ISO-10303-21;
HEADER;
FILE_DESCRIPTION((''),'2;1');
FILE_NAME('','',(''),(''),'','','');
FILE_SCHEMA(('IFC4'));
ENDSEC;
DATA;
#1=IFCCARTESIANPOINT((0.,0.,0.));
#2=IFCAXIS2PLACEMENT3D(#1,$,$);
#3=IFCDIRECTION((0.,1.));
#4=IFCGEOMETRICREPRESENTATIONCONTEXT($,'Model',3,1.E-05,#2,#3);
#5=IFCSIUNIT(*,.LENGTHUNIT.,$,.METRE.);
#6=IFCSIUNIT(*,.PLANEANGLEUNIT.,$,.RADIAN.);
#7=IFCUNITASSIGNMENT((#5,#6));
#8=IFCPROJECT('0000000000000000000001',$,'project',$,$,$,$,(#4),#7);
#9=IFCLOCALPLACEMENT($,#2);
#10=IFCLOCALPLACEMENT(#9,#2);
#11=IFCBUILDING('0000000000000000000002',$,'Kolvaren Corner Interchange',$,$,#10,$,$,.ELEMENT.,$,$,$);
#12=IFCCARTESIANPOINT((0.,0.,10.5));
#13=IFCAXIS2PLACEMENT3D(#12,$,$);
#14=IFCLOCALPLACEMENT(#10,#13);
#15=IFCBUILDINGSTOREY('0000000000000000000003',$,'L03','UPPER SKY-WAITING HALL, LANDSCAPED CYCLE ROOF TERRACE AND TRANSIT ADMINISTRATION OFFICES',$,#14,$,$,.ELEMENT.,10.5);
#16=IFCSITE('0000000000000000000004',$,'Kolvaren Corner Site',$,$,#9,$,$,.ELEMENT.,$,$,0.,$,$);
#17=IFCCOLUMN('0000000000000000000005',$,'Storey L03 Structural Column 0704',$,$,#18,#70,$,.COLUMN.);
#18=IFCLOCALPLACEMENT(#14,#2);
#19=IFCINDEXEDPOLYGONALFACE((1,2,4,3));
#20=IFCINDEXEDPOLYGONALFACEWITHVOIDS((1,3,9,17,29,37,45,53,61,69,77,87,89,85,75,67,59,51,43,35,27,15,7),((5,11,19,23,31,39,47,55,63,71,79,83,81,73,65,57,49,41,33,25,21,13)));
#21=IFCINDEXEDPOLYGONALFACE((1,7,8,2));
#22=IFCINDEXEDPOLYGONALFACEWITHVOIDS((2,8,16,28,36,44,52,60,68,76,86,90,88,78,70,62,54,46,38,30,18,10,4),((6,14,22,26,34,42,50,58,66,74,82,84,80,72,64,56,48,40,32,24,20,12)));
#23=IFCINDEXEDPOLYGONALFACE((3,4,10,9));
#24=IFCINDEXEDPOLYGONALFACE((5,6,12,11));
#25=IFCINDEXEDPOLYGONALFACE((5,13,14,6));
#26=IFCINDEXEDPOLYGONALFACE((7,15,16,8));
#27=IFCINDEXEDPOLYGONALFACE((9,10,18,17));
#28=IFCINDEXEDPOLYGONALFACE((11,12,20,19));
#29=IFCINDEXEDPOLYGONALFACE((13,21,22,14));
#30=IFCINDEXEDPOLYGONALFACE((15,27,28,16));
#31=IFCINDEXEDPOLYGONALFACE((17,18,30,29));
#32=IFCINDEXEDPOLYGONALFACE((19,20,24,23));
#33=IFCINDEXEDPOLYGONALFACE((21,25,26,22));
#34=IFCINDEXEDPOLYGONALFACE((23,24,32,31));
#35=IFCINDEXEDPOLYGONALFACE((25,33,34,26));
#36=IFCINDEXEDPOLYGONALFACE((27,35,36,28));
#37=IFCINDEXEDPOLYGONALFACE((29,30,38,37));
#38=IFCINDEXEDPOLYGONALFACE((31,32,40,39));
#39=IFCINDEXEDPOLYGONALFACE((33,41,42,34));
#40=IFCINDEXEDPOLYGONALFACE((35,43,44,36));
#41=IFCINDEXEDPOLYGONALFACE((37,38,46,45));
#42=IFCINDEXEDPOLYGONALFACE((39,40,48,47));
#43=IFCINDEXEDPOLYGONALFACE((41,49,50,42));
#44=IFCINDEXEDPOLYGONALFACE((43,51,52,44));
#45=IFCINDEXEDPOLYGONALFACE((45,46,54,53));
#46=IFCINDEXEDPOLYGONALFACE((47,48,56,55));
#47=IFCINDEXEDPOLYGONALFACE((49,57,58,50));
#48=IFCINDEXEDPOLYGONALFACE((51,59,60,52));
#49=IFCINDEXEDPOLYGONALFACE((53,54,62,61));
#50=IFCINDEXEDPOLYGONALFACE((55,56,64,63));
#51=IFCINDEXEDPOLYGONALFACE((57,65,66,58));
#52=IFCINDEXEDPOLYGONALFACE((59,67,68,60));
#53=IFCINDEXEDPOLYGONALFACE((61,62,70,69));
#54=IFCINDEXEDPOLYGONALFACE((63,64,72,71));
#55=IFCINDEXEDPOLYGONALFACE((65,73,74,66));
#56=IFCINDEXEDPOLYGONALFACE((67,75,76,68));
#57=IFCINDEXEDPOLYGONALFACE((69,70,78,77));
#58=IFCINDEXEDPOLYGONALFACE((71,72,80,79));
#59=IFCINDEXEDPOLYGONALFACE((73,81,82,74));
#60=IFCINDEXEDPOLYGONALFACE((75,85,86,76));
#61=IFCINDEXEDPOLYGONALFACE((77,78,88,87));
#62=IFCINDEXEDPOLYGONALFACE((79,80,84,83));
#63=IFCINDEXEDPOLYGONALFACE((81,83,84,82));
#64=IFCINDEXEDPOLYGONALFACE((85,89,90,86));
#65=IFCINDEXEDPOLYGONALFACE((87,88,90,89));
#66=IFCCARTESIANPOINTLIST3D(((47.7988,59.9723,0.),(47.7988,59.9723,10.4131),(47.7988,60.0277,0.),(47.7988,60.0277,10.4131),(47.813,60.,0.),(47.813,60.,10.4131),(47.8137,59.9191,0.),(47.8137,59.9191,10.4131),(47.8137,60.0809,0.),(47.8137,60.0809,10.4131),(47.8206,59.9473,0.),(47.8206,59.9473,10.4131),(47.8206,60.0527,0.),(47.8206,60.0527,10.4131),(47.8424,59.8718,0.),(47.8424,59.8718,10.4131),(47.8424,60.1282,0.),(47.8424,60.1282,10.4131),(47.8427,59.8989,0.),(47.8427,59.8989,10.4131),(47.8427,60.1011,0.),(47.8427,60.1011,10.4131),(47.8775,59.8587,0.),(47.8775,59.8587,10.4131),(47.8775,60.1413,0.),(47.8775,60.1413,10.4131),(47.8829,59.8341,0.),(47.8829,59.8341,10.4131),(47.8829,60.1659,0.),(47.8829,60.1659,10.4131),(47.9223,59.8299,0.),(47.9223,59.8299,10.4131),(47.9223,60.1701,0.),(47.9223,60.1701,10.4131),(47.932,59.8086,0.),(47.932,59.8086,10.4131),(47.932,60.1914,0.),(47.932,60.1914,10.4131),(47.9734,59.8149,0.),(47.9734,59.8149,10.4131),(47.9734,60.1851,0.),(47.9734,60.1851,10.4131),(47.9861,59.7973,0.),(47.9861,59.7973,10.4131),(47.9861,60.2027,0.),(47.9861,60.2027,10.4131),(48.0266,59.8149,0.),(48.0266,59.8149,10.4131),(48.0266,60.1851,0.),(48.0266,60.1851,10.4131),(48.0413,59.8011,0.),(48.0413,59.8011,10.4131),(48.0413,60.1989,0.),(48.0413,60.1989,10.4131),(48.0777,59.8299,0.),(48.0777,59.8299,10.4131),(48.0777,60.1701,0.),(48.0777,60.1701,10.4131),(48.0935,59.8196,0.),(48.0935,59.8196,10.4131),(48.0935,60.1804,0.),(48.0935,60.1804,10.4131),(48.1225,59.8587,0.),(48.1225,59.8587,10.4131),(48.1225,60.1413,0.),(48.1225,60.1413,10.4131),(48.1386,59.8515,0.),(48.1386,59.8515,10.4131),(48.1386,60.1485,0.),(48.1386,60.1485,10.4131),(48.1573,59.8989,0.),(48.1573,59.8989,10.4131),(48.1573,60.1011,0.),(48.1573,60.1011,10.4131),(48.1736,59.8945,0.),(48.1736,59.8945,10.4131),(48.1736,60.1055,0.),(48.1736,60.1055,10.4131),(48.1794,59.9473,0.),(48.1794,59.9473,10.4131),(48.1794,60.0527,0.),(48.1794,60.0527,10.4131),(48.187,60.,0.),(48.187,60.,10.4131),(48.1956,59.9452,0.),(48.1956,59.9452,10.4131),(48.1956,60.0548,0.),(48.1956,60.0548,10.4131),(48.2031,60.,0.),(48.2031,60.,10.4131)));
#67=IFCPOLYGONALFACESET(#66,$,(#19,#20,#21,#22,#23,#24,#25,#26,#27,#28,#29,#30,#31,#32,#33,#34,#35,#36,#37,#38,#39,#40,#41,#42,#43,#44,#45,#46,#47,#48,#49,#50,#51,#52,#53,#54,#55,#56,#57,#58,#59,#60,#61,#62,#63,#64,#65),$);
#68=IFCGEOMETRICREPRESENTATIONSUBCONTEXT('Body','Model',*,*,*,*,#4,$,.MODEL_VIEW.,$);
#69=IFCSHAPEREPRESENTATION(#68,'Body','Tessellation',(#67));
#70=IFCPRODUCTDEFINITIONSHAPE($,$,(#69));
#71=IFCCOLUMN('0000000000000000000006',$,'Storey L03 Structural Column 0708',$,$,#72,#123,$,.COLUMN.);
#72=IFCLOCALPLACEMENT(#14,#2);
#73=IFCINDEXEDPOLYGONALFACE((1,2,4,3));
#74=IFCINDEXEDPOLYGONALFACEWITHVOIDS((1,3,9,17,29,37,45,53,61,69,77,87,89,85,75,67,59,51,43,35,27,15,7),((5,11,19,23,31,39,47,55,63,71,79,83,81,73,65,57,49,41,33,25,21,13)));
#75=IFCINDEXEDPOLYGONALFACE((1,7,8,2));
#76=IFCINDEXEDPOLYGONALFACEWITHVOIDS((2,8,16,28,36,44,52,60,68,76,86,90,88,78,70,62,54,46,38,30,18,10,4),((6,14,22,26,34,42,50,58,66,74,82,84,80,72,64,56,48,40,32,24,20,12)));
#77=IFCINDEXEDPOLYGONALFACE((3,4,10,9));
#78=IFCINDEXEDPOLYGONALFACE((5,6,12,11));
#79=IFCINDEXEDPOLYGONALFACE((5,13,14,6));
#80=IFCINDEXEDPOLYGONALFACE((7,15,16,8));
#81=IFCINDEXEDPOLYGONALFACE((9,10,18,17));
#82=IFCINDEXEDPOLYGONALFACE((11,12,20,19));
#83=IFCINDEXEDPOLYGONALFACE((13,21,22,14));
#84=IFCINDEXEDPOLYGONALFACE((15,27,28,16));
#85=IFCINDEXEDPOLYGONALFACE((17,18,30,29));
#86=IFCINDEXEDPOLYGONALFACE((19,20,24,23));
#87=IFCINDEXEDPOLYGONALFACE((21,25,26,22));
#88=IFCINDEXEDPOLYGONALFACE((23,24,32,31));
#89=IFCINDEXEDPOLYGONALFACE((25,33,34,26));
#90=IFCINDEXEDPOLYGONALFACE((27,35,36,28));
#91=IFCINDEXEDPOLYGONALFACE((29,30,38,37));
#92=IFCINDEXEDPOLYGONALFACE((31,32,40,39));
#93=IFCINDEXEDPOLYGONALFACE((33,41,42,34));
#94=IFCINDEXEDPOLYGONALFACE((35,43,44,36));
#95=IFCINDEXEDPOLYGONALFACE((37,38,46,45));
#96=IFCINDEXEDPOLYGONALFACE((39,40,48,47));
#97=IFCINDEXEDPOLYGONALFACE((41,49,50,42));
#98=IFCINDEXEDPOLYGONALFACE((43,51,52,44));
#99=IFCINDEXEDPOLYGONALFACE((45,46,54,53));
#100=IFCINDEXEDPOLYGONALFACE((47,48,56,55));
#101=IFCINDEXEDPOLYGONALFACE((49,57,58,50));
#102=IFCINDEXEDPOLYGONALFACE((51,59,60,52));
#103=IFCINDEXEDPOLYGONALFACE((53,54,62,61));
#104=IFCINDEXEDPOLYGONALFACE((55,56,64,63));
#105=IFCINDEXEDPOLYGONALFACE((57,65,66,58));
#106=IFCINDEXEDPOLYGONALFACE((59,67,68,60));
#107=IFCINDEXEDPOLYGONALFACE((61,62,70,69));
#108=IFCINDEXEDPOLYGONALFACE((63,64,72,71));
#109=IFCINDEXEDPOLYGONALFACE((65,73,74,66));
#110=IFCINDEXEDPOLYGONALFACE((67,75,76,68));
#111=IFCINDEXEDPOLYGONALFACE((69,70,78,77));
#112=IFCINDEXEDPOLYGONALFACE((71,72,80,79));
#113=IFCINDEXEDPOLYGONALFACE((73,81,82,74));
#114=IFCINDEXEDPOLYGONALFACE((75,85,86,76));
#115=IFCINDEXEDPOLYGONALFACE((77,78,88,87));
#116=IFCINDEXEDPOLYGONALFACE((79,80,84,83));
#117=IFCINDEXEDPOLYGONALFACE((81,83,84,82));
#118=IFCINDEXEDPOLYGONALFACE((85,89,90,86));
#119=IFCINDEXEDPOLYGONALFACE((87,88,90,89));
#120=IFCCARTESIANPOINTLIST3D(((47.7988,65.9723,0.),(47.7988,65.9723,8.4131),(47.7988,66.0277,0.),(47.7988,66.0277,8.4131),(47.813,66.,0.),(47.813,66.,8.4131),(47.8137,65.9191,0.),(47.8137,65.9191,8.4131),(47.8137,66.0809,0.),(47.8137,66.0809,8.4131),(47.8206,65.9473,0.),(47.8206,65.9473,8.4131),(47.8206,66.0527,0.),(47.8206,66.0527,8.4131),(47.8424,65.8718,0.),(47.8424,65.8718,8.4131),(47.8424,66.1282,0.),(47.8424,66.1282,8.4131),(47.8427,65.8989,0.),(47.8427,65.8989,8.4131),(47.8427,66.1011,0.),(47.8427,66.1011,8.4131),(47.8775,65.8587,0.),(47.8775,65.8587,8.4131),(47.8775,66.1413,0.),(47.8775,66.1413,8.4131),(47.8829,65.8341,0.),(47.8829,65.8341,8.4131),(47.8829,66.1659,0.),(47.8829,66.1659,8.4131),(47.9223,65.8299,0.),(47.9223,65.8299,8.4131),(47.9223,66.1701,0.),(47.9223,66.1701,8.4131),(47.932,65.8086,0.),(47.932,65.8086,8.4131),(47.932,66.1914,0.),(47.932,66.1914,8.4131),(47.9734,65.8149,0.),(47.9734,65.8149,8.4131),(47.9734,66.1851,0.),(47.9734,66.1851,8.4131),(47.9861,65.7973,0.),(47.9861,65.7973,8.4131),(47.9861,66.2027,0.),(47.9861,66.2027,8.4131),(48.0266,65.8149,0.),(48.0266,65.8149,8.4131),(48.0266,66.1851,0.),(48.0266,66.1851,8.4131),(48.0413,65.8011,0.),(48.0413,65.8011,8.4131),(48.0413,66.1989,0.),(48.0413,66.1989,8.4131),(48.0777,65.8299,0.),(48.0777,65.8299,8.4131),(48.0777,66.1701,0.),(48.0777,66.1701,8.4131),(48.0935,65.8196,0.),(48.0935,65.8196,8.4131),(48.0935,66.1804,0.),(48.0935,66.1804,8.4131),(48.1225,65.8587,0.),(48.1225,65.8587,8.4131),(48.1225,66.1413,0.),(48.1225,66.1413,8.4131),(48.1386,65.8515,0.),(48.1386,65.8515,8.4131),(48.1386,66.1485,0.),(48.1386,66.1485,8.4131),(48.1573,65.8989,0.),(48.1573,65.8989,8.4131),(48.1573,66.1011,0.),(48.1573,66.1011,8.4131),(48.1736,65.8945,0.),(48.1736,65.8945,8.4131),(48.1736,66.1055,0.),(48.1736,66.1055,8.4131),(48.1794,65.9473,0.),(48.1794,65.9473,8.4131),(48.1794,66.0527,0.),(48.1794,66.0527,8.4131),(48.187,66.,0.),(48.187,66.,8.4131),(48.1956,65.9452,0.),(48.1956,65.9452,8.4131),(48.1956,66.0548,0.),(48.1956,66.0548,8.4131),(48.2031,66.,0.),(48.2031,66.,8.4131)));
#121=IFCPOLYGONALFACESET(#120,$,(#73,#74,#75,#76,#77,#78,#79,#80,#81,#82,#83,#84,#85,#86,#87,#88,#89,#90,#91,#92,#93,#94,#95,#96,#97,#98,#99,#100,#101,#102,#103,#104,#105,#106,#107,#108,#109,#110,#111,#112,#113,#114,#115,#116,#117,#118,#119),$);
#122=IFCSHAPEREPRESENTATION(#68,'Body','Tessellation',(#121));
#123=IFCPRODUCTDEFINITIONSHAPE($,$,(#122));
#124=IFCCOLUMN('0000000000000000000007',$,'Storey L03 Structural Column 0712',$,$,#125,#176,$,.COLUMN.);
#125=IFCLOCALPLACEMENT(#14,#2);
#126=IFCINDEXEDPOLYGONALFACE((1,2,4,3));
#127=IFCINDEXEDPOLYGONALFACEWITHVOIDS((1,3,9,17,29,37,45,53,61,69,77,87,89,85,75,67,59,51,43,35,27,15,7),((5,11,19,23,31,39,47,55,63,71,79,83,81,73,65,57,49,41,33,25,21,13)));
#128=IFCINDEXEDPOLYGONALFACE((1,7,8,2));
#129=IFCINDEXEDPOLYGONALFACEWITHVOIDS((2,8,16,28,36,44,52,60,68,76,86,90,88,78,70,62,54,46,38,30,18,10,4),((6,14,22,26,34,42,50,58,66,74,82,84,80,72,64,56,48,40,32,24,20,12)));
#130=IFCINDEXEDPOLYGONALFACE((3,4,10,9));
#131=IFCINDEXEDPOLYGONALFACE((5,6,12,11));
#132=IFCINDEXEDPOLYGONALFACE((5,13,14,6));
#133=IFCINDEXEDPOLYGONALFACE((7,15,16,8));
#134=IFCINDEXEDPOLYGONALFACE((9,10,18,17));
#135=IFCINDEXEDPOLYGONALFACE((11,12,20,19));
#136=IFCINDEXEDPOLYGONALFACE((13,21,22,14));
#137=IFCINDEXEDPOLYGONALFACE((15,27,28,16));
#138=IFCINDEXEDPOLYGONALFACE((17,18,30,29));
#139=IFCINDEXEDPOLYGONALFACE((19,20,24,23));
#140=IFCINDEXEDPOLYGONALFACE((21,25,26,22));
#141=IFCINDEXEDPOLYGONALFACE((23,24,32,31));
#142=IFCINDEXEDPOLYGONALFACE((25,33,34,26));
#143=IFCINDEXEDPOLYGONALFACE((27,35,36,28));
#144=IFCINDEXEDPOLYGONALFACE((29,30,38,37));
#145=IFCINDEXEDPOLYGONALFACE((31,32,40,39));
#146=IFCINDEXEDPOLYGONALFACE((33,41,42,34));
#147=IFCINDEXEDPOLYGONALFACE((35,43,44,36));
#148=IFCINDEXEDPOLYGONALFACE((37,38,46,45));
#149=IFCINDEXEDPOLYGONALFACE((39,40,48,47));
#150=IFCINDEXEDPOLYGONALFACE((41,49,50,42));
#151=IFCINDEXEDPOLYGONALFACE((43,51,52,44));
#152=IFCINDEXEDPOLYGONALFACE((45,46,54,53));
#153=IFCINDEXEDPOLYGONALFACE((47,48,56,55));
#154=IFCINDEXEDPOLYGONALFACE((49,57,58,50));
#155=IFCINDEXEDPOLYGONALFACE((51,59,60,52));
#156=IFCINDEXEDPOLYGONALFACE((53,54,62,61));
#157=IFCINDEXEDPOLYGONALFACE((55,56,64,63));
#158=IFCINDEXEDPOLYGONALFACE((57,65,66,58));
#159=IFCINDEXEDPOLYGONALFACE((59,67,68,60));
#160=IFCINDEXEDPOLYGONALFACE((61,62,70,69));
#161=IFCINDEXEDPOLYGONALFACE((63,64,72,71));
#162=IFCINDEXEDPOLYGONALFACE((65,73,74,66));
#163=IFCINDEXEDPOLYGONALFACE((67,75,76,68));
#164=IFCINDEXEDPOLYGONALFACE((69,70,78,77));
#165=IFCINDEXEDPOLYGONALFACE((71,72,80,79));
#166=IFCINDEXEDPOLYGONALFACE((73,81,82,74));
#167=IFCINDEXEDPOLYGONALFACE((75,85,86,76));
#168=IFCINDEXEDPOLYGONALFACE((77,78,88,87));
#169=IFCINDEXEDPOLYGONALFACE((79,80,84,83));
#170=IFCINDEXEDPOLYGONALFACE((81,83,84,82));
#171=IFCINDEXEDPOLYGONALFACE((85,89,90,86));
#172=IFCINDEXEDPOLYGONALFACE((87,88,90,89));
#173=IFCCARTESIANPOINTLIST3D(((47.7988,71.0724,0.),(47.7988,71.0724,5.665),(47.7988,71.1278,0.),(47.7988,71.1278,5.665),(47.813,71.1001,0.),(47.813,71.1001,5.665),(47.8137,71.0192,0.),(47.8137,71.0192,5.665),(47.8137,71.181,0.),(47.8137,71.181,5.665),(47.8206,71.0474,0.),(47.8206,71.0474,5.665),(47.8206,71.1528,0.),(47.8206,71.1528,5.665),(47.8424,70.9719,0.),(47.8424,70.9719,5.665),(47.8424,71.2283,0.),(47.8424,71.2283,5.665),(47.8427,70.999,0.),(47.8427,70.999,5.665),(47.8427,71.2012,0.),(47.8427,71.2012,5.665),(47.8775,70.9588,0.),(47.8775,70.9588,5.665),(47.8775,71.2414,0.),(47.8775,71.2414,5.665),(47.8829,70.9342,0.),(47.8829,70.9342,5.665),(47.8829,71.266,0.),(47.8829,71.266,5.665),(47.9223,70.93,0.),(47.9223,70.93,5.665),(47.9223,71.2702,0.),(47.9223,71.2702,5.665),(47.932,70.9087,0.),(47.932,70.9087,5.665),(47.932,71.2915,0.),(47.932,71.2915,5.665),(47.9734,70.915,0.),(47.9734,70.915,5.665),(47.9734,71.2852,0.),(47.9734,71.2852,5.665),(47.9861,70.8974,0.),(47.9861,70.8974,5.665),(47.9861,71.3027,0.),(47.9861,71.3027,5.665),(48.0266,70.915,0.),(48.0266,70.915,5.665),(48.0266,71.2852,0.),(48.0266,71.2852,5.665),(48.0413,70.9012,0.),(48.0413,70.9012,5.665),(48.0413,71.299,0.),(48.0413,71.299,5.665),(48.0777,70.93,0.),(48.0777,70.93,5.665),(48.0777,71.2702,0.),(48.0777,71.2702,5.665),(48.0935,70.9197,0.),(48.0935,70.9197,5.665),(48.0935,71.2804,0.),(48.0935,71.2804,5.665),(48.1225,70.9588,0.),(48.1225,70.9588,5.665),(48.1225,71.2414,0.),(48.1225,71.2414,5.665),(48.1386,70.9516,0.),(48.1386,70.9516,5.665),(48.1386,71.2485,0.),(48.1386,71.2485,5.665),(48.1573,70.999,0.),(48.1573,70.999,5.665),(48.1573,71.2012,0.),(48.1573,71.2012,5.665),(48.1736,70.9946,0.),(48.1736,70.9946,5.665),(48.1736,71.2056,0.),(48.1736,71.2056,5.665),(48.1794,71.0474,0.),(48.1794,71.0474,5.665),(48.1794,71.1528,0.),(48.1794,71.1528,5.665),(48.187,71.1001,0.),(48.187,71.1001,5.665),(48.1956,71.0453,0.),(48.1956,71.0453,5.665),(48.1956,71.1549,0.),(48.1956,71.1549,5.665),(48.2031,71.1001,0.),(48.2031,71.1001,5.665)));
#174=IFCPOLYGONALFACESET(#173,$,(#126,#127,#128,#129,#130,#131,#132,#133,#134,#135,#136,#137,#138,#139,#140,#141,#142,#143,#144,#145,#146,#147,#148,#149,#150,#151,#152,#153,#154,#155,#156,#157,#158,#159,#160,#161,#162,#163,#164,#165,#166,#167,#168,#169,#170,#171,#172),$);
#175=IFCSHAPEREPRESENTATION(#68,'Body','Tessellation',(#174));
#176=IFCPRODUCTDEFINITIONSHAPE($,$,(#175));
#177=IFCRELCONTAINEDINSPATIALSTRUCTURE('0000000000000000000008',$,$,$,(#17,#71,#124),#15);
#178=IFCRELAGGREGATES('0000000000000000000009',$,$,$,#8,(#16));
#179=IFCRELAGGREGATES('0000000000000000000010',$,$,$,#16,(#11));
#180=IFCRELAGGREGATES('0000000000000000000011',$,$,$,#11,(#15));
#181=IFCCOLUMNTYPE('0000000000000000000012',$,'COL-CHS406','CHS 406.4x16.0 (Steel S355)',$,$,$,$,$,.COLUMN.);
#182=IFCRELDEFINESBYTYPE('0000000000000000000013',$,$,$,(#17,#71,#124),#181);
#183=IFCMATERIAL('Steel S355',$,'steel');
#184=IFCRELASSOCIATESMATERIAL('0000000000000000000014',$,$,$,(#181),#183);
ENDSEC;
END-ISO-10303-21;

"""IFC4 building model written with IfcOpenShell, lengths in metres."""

from ifc_helpers import new_model, si_unit, direction, frame, origin, origin_2d, place, context, subcontext, project, spatial, hollow_circle, extrude, material, material_profile, profile_set, type_object, element, save


model = new_model("IFC4")

# Units and contexts
model_context = context("Model", 3, precision=1e-05, world=origin(), true_north=direction((0.0, 1.0)))
body_context = subcontext(model_context, "Body", "Model", "MODEL_VIEW")
ifc_project = project(units=[si_unit("LENGTHUNIT", "METRE"), si_unit("PLANEANGLEUNIT", "RADIAN")], contexts=[model_context])

# Site, building, storey
site_placement = place(None, origin())
site = spatial("IfcSite", under=ifc_project, at=site_placement, Name="Kolvaren Corner Site", CompositionType="ELEMENT", RefElevation=0.0)
building_placement = place(site_placement, origin())
building = spatial("IfcBuilding", under=site, at=building_placement, Name="Kolvaren Corner Interchange", CompositionType="ELEMENT")
storey_placement = place(building_placement, frame((0.0, 0.0, 10.5)))
storey = spatial("IfcBuildingStorey", under=building, at=storey_placement, Name="L03", Description="UPPER SKY-WAITING HALL, LANDSCAPED CYCLE ROOF TERRACE AND TRANSIT ADMINISTRATION OFFICES", CompositionType="ELEMENT", Elevation=10.5)

# Columns
ifc_material_1 = material(Name="Steel S355", Category="steel")
ifc_material_profile_1 = material_profile(ifc_material_1, hollow_circle(Radius=0.2031, WallThickness=0.0161, at=origin_2d()), Name="CHS 406.4x16.0")
ifc_profile_set_1 = profile_set([ifc_material_profile_1], Name="Steel S355")
column_type_1 = type_object("IfcColumnType", Name="COL-CHS406", Description="CHS 406.4x16.0 (Steel S355)", PredefinedType="COLUMN", material=ifc_profile_set_1)
column_1_placement = place(storey_placement, frame((48.0, 60.0, 0.0), z_axis=(0.0, 0.0, 1.0), x_axis=(1.0, 0.0, 0.0)))
element("IfcColumn", 1, at=column_1_placement, inside=storey, type_object=column_type_1, Name="Storey L03 Structural Column 0704", PredefinedType="COLUMN", context=body_context, shape_type="SweptSolid", body=[
    extrude(hollow_circle(Radius=0.2031, WallThickness=0.0161, at=origin_2d()), origin(), (0.0, 0.0, 1.0), 10.4131),
])
column_2_placement = place(storey_placement, frame((48.0, 66.0, 0.0), z_axis=(0.0, 0.0, 1.0), x_axis=(1.0, 0.0, 0.0)))
element("IfcColumn", 2, at=column_2_placement, inside=storey, type_object=column_type_1, Name="Storey L03 Structural Column 0708", PredefinedType="COLUMN", context=body_context, shape_type="SweptSolid", body=[
    extrude(hollow_circle(Radius=0.2031, WallThickness=0.0161, at=origin_2d()), origin(), (0.0, 0.0, 1.0), 8.4131),
])
column_3_placement = place(storey_placement, frame((48.0, 71.1001, 0.0), z_axis=(0.0, 0.0, 1.0), x_axis=(1.0, 0.0, 0.0)))
element("IfcColumn", 3, at=column_3_placement, inside=storey, type_object=column_type_1, Name="Storey L03 Structural Column 0712", PredefinedType="COLUMN", context=body_context, shape_type="SweptSolid", body=[
    extrude(hollow_circle(Radius=0.2031, WallThickness=0.0161, at=origin_2d()), origin(), (0.0, 0.0, 1.0), 5.665),
])

save(model, "model.ifc")
